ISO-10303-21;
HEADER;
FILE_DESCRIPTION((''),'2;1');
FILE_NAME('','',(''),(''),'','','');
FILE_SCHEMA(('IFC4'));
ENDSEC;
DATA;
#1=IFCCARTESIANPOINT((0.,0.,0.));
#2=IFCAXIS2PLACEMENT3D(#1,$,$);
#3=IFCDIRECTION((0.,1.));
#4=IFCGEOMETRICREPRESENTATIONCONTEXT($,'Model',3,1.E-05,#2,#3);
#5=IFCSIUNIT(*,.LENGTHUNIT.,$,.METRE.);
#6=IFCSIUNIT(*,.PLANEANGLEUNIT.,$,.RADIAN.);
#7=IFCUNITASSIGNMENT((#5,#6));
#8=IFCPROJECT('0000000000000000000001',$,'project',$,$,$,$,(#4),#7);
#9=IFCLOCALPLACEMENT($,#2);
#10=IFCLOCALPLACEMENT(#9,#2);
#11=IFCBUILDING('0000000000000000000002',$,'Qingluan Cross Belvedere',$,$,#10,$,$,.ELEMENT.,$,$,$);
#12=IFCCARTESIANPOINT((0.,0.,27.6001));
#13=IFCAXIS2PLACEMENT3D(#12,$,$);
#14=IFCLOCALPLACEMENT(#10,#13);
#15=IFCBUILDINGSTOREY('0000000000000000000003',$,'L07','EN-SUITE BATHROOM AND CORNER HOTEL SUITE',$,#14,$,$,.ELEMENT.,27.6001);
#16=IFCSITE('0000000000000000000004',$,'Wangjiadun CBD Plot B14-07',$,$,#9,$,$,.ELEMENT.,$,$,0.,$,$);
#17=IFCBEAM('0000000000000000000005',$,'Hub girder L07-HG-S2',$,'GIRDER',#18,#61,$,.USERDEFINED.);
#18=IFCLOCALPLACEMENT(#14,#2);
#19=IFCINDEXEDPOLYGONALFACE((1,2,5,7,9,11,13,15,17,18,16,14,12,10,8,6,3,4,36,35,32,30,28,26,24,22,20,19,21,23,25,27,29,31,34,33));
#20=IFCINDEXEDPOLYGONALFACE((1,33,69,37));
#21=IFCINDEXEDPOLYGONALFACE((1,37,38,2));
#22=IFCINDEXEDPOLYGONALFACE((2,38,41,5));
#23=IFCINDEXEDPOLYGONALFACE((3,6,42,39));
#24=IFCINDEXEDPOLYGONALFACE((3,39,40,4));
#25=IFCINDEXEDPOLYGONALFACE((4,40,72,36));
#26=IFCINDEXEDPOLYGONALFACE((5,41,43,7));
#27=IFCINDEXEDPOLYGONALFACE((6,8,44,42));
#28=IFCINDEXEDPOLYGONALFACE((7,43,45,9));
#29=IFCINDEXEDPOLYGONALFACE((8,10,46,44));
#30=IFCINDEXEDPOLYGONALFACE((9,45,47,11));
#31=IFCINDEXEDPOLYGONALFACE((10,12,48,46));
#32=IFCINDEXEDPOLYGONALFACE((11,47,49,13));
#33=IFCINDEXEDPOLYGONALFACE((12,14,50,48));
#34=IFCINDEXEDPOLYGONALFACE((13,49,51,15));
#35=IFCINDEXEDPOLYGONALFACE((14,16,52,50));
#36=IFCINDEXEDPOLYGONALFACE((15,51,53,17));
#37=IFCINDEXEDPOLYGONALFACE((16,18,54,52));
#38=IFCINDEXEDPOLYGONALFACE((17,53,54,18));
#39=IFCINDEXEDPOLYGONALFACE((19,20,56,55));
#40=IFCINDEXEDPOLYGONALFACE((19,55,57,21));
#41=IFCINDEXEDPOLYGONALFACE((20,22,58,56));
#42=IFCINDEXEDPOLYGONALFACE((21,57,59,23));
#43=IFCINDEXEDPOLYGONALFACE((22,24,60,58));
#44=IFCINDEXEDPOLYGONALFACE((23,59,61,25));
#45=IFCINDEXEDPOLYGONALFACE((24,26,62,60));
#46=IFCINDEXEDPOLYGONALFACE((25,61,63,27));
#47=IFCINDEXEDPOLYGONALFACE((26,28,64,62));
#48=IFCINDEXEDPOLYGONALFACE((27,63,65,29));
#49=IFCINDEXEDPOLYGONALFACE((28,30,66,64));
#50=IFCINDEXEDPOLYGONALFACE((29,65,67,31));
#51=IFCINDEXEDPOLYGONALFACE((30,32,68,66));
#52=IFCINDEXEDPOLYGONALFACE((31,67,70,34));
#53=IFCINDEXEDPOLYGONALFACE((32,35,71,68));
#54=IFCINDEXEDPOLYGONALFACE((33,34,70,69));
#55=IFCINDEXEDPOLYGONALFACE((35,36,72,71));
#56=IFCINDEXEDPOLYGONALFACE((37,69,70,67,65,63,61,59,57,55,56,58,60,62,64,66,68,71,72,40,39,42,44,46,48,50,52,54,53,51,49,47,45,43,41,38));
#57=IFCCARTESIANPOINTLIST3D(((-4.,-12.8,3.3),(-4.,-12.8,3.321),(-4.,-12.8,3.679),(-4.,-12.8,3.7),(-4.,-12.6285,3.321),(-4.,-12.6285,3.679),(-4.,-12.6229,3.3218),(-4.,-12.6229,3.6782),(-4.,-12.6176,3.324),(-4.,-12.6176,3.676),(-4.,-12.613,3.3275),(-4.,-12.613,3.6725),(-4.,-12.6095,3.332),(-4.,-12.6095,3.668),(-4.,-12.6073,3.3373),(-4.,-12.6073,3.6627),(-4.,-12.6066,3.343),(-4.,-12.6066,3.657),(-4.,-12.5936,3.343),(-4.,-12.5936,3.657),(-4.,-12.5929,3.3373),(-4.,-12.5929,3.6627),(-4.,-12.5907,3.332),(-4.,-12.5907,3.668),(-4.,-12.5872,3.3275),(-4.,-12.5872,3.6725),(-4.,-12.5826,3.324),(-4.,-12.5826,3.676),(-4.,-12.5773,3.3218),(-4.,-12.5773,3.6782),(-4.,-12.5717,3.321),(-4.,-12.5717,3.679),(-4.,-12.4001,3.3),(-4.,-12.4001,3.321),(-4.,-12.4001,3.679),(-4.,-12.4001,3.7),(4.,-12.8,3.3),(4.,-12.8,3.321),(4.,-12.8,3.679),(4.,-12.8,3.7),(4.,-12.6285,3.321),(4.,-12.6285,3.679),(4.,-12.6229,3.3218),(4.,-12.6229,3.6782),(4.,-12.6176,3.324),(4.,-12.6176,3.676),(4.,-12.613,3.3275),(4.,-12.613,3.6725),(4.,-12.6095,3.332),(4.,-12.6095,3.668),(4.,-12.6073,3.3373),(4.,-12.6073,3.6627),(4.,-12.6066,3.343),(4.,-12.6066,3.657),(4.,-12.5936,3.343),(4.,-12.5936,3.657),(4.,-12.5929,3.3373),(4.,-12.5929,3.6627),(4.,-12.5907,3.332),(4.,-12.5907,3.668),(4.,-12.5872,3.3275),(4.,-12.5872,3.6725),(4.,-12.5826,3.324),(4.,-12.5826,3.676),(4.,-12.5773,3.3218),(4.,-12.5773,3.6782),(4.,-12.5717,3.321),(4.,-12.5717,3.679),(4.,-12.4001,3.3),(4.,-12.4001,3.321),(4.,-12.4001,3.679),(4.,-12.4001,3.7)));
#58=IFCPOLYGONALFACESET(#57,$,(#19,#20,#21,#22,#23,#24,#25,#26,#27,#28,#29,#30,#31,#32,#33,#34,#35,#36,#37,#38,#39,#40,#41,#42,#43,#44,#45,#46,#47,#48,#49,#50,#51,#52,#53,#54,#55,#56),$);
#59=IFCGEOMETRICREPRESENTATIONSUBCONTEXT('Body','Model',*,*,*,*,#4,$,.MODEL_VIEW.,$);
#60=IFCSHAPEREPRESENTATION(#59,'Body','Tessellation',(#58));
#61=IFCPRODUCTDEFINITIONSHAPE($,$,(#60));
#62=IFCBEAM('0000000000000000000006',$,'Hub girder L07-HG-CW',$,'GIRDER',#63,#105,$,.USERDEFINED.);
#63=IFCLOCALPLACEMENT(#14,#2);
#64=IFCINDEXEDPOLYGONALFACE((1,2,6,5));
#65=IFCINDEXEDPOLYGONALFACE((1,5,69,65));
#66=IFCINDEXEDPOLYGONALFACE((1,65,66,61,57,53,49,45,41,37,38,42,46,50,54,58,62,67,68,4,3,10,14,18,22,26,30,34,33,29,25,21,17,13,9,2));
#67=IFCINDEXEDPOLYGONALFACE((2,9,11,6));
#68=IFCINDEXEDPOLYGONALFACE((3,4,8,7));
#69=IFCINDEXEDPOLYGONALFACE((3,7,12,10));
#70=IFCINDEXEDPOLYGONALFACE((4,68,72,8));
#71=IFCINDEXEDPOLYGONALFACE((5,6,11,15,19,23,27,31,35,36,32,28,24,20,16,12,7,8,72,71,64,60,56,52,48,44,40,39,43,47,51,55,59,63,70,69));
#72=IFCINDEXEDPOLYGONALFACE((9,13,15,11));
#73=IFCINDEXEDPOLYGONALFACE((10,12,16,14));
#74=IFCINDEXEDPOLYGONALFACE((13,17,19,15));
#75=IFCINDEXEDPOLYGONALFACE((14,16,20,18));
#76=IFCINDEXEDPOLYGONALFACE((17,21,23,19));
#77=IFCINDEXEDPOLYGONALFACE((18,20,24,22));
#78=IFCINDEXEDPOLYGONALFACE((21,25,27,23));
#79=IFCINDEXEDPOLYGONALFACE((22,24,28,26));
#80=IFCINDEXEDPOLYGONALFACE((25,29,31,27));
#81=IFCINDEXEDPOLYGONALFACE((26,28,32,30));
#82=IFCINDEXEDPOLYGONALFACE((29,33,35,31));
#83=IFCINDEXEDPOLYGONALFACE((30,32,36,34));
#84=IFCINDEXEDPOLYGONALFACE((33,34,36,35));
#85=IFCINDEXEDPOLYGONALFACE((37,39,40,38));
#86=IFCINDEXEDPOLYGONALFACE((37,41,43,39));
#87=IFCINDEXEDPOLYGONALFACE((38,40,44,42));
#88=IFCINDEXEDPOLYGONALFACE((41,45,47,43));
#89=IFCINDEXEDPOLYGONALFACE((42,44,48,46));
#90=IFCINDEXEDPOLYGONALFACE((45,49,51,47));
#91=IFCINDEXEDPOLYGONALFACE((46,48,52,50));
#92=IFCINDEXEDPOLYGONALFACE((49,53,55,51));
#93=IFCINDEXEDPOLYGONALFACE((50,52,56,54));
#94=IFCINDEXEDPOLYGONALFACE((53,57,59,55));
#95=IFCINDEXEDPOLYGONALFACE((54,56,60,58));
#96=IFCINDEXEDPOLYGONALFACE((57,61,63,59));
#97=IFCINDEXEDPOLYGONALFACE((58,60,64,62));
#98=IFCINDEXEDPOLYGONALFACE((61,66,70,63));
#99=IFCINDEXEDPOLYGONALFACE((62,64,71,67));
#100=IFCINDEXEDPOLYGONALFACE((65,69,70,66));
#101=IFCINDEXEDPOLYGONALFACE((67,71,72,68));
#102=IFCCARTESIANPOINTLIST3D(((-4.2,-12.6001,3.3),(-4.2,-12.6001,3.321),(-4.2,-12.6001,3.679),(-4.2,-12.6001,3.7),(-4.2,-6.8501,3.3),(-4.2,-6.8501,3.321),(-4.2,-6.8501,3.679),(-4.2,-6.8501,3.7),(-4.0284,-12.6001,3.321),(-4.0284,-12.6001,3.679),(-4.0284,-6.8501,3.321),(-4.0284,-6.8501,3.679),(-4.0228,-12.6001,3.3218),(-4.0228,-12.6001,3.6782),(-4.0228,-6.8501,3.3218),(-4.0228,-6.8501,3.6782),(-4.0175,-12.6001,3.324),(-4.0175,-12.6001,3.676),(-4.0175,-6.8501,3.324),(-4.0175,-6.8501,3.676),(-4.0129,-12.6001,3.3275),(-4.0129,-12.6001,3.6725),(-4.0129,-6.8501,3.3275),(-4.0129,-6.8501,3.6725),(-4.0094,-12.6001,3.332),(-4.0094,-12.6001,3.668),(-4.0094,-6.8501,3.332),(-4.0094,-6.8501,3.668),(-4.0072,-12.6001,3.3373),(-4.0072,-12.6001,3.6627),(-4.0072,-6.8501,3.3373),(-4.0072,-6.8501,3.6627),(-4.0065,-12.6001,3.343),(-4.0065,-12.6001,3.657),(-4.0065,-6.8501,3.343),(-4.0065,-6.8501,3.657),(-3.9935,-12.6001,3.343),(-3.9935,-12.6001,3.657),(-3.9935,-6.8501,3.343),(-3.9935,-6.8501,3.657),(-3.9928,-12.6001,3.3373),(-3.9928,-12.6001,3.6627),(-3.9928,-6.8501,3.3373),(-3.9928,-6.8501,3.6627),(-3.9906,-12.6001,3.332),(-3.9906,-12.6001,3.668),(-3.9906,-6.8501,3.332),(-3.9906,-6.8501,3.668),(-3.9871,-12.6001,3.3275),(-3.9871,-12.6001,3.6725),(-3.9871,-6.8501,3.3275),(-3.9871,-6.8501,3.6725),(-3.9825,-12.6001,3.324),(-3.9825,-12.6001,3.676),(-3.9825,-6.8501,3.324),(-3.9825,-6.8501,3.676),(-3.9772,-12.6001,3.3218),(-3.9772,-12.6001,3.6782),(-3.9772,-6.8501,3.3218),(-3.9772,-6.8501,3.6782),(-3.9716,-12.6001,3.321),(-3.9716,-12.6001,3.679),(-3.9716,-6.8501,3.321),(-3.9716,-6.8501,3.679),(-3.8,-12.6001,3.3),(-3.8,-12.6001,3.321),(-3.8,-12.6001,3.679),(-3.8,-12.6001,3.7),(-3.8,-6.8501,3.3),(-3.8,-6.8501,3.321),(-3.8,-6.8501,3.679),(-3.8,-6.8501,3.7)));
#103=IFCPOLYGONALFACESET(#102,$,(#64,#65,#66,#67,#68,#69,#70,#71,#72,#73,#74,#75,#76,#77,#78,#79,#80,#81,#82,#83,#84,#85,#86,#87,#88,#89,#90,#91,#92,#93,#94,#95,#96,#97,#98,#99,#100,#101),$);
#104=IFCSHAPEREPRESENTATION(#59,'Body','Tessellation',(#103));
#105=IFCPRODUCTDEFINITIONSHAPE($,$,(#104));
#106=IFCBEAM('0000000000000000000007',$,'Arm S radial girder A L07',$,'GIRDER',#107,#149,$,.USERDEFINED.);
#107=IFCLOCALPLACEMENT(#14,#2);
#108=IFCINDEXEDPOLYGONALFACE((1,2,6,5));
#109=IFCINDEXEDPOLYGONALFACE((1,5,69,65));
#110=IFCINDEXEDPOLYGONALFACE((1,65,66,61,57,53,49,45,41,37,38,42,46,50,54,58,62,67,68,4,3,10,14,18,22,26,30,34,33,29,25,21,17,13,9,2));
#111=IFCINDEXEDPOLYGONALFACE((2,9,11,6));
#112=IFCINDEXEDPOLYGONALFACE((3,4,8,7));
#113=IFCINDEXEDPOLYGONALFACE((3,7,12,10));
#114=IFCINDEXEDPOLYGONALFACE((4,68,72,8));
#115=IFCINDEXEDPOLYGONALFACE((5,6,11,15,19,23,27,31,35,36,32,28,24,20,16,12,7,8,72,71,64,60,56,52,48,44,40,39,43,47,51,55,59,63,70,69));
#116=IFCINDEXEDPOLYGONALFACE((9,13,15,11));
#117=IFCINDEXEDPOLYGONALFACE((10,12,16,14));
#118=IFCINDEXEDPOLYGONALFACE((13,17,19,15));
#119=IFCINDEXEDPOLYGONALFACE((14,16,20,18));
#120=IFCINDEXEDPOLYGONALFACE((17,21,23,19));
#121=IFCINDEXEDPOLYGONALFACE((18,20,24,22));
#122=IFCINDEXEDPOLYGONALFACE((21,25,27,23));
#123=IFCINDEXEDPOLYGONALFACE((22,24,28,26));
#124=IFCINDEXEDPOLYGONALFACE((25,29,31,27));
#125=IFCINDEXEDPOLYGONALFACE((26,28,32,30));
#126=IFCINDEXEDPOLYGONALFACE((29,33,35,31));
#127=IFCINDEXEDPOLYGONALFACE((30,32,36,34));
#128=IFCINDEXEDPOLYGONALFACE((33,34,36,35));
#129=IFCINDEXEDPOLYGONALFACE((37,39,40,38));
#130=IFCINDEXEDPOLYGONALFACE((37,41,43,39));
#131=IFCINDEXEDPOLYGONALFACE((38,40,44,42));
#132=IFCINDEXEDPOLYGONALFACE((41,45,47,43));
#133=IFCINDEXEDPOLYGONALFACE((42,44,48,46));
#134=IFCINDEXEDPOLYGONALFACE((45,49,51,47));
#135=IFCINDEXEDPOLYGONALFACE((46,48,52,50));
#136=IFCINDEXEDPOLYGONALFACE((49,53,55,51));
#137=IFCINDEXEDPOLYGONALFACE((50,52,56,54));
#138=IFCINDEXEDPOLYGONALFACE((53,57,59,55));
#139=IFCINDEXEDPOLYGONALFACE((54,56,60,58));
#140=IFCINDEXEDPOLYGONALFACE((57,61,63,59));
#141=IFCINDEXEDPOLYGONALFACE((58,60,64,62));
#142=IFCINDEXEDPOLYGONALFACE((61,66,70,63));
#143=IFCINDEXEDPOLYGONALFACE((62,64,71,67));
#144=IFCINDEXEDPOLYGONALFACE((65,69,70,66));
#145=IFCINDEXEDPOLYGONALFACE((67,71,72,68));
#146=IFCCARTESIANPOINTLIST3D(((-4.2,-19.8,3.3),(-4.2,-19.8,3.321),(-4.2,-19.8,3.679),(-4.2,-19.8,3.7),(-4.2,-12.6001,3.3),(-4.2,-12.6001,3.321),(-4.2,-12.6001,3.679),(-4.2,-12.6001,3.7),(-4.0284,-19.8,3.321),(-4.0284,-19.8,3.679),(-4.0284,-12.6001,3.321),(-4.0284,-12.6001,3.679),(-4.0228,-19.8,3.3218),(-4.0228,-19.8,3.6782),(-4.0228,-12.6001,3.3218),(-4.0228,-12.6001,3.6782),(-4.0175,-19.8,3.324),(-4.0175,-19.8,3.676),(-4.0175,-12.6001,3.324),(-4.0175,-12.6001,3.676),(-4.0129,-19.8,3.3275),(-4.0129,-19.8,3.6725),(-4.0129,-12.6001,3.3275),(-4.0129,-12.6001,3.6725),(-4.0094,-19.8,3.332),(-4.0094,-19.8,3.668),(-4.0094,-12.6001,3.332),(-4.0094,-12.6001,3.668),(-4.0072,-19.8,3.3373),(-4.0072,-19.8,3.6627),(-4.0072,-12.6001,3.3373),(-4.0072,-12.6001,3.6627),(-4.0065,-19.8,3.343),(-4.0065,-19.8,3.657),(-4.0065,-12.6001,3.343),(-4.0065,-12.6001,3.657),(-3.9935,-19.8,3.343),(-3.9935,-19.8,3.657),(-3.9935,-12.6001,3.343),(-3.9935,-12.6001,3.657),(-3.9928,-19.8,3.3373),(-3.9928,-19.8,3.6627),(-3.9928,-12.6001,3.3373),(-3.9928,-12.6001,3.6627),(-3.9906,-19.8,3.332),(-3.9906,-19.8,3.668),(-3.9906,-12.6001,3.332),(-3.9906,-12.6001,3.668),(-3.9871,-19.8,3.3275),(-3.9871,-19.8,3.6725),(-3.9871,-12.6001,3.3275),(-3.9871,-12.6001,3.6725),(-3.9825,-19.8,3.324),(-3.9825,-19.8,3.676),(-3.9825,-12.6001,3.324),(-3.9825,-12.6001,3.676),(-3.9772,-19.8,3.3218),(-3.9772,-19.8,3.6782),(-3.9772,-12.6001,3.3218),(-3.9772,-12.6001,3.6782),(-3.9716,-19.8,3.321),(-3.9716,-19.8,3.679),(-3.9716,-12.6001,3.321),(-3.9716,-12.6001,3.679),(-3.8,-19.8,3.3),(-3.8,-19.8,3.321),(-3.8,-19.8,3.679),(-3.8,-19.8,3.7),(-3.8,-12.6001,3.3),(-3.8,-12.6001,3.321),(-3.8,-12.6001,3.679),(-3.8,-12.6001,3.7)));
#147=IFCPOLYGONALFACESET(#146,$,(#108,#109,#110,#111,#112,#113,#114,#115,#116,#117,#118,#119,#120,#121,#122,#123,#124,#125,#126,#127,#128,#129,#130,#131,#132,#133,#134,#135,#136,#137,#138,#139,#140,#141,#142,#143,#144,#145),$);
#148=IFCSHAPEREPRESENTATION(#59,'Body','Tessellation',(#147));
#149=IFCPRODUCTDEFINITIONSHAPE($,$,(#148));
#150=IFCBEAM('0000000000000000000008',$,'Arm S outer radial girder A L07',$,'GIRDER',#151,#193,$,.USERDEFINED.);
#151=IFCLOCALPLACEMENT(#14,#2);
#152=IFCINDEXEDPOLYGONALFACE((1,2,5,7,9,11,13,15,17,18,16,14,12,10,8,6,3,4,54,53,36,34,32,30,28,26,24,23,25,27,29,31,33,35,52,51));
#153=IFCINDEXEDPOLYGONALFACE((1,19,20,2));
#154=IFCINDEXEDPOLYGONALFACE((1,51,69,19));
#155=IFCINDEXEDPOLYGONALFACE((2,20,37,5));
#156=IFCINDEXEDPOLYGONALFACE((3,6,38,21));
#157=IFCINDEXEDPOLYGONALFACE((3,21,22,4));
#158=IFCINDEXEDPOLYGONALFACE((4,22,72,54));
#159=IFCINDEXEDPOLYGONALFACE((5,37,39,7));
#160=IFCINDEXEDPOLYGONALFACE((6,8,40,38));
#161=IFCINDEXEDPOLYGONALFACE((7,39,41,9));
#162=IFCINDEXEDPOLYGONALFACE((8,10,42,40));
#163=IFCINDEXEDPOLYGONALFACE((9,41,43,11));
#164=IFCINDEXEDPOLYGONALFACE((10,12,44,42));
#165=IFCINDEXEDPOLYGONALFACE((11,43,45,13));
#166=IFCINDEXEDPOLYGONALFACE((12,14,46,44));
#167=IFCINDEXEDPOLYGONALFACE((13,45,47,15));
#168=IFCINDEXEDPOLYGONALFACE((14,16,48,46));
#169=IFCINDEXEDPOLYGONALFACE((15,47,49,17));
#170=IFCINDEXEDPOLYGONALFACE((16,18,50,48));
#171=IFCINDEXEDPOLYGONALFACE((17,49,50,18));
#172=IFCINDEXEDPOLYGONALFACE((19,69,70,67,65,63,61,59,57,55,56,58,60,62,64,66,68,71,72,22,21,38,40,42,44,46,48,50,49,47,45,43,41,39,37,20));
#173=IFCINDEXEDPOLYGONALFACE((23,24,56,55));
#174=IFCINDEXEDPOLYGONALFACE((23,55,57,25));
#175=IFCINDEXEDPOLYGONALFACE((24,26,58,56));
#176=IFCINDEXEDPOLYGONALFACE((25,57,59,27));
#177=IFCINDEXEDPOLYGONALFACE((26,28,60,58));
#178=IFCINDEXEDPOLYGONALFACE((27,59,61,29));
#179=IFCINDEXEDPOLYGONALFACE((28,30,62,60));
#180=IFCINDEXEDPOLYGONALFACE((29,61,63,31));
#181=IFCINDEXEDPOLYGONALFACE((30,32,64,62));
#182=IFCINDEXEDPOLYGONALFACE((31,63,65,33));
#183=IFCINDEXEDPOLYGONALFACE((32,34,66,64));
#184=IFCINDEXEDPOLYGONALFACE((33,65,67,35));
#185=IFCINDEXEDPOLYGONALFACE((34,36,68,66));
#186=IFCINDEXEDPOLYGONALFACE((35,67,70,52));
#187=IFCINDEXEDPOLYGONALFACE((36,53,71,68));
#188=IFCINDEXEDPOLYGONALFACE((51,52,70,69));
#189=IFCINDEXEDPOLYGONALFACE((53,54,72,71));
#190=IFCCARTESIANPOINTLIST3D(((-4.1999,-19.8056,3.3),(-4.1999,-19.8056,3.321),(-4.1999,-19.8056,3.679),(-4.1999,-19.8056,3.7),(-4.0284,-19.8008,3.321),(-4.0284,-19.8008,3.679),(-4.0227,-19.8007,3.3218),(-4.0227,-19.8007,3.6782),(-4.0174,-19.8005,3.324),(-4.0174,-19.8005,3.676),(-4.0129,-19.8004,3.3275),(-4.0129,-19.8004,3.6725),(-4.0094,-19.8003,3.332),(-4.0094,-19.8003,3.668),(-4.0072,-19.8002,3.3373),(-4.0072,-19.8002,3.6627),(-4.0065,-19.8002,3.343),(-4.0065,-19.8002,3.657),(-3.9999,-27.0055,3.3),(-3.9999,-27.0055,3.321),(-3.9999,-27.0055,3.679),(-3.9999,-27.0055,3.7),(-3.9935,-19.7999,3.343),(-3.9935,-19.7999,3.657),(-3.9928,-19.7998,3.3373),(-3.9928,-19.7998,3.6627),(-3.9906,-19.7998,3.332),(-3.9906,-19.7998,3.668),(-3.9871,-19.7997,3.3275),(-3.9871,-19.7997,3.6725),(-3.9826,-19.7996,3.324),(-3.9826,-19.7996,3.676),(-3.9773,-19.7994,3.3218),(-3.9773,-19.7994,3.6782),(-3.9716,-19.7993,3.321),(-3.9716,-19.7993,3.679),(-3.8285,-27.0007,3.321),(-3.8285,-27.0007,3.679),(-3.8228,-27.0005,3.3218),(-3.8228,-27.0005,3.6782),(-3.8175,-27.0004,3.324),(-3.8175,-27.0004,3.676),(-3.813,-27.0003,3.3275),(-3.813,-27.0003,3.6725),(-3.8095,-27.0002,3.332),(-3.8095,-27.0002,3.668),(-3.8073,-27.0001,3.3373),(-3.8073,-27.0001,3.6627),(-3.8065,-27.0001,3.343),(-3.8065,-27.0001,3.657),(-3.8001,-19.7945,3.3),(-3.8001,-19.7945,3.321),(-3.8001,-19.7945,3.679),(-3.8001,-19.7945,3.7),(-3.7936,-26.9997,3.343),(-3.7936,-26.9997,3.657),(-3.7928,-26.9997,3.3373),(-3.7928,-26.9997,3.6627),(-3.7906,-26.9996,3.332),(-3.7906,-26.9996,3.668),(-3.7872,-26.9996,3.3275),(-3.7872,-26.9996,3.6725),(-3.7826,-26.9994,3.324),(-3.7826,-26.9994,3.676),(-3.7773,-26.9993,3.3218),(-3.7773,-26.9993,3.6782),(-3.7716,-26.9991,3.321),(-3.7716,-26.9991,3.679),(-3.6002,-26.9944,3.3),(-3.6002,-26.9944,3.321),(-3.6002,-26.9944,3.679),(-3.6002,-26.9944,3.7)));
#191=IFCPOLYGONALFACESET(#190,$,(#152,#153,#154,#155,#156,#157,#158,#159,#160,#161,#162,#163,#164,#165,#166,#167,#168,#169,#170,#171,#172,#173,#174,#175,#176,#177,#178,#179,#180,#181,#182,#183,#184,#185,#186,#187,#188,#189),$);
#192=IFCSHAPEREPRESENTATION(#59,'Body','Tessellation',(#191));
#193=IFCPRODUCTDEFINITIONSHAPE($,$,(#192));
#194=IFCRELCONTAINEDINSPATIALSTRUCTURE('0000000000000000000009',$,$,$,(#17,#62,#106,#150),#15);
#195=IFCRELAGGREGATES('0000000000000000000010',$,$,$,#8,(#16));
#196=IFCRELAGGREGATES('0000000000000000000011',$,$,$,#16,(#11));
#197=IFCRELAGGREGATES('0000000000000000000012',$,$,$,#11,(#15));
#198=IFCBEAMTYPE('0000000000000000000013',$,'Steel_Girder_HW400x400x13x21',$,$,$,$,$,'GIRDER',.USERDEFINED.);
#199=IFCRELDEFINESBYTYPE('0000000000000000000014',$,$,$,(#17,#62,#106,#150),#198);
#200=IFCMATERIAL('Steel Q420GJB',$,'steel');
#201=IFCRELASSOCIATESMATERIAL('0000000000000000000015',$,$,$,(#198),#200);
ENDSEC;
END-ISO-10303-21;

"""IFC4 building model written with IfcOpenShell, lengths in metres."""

from ifc_helpers import new_model, si_unit, direction, frame, origin, origin_2d, place, context, subcontext, project, spatial, i_section, extrude, material, material_profile, profile_set, type_object, element, save


model = new_model("IFC4")

# Units and contexts
model_context = context("Model", 3, precision=1e-05, world=origin(), true_north=direction((0.0, 1.0)))
body_context = subcontext(model_context, "Body", "Model", "MODEL_VIEW")
ifc_project = project(units=[si_unit("LENGTHUNIT", "METRE"), si_unit("PLANEANGLEUNIT", "RADIAN")], contexts=[model_context])

# Site, building, storey
site_placement = place(None, origin())
site = spatial("IfcSite", under=ifc_project, at=site_placement, Name="Wangjiadun CBD Plot B14-07", CompositionType="ELEMENT", RefElevation=0.0)
building_placement = place(site_placement, origin())
building = spatial("IfcBuilding", under=site, at=building_placement, Name="Qingluan Cross Belvedere", CompositionType="ELEMENT")
storey_placement = place(building_placement, frame((0.0, 0.0, 27.6001)))
storey = spatial("IfcBuildingStorey", under=building, at=storey_placement, Name="L07", Description="EN-SUITE BATHROOM AND CORNER HOTEL SUITE", CompositionType="ELEMENT", Elevation=27.6001)

# Beams
ifc_material_1 = material(Name="Steel Q420GJB", Category="steel")
ifc_material_profile_1 = material_profile(ifc_material_1, i_section(OverallWidth=0.3999, OverallDepth=0.3999, WebThickness=0.0129, FlangeThickness=0.021, FilletRadius=0.022, at=origin_2d()), Name="HW400x400x13x21")
ifc_profile_set_1 = profile_set([ifc_material_profile_1], Name="Steel Q420GJB")
beam_type_1 = type_object("IfcBeamType", Name="Steel_Girder_HW400x400x13x21", ElementType="GIRDER", PredefinedType="USERDEFINED", material=ifc_profile_set_1)
beam_1_placement = place(storey_placement, frame((-4.0, -12.6001, 3.5), z_axis=(1.0, 0.0, 0.0), x_axis=(0.0, 1.0, 0.0)))
element("IfcBeam", 1, at=beam_1_placement, inside=storey, type_object=beam_type_1, Name="Hub girder L07-HG-S2", ObjectType="GIRDER", PredefinedType="USERDEFINED", context=body_context, shape_type="SweptSolid", body=[
    extrude(i_section(OverallWidth=0.3999, OverallDepth=0.3999, WebThickness=0.0129, FlangeThickness=0.021, FilletRadius=0.022, at=origin_2d()), origin(), (0.0, 0.0, 1.0), 8.0),
])
beam_2_placement = place(storey_placement, frame((-4.0, -12.6001, 3.5), z_axis=(0.0, 1.0, 0.0), x_axis=(-1.0, 0.0, 0.0)))
element("IfcBeam", 2, at=beam_2_placement, inside=storey, type_object=beam_type_1, Name="Hub girder L07-HG-CW", ObjectType="GIRDER", PredefinedType="USERDEFINED", context=body_context, shape_type="SweptSolid", body=[
    extrude(i_section(OverallWidth=0.3999, OverallDepth=0.3999, WebThickness=0.0129, FlangeThickness=0.021, FilletRadius=0.022, at=origin_2d()), origin(), (0.0, 0.0, 1.0), 5.75),
])
beam_3_placement = place(storey_placement, frame((-4.0, -12.6001, 3.5), z_axis=(0.0, -1.0, 0.0), x_axis=(1.0, 0.0, 0.0)))
element("IfcBeam", 3, at=beam_3_placement, inside=storey, type_object=beam_type_1, Name="Arm S radial girder A L07", ObjectType="GIRDER", PredefinedType="USERDEFINED", context=body_context, shape_type="SweptSolid", body=[
    extrude(i_section(OverallWidth=0.3999, OverallDepth=0.3999, WebThickness=0.0129, FlangeThickness=0.021, FilletRadius=0.022, at=origin_2d()), origin(), (0.0, 0.0, 1.0), 7.2),
])
beam_4_placement = place(storey_placement, frame((-4.0, -19.8, 3.5), z_axis=(0.02776, -0.999615, 0.0), x_axis=(0.999615, 0.02776, 0.0)))
element("IfcBeam", 4, at=beam_4_placement, inside=storey, type_object=beam_type_1, Name="Arm S outer radial girder A L07", ObjectType="GIRDER", PredefinedType="USERDEFINED", context=body_context, shape_type="SweptSolid", body=[
    extrude(i_section(OverallWidth=0.3999, OverallDepth=0.3999, WebThickness=0.0129, FlangeThickness=0.021, FilletRadius=0.022, at=origin_2d()), origin(), (0.0, 0.0, 1.0), 7.2026),
])

save(model, "model.ifc")
